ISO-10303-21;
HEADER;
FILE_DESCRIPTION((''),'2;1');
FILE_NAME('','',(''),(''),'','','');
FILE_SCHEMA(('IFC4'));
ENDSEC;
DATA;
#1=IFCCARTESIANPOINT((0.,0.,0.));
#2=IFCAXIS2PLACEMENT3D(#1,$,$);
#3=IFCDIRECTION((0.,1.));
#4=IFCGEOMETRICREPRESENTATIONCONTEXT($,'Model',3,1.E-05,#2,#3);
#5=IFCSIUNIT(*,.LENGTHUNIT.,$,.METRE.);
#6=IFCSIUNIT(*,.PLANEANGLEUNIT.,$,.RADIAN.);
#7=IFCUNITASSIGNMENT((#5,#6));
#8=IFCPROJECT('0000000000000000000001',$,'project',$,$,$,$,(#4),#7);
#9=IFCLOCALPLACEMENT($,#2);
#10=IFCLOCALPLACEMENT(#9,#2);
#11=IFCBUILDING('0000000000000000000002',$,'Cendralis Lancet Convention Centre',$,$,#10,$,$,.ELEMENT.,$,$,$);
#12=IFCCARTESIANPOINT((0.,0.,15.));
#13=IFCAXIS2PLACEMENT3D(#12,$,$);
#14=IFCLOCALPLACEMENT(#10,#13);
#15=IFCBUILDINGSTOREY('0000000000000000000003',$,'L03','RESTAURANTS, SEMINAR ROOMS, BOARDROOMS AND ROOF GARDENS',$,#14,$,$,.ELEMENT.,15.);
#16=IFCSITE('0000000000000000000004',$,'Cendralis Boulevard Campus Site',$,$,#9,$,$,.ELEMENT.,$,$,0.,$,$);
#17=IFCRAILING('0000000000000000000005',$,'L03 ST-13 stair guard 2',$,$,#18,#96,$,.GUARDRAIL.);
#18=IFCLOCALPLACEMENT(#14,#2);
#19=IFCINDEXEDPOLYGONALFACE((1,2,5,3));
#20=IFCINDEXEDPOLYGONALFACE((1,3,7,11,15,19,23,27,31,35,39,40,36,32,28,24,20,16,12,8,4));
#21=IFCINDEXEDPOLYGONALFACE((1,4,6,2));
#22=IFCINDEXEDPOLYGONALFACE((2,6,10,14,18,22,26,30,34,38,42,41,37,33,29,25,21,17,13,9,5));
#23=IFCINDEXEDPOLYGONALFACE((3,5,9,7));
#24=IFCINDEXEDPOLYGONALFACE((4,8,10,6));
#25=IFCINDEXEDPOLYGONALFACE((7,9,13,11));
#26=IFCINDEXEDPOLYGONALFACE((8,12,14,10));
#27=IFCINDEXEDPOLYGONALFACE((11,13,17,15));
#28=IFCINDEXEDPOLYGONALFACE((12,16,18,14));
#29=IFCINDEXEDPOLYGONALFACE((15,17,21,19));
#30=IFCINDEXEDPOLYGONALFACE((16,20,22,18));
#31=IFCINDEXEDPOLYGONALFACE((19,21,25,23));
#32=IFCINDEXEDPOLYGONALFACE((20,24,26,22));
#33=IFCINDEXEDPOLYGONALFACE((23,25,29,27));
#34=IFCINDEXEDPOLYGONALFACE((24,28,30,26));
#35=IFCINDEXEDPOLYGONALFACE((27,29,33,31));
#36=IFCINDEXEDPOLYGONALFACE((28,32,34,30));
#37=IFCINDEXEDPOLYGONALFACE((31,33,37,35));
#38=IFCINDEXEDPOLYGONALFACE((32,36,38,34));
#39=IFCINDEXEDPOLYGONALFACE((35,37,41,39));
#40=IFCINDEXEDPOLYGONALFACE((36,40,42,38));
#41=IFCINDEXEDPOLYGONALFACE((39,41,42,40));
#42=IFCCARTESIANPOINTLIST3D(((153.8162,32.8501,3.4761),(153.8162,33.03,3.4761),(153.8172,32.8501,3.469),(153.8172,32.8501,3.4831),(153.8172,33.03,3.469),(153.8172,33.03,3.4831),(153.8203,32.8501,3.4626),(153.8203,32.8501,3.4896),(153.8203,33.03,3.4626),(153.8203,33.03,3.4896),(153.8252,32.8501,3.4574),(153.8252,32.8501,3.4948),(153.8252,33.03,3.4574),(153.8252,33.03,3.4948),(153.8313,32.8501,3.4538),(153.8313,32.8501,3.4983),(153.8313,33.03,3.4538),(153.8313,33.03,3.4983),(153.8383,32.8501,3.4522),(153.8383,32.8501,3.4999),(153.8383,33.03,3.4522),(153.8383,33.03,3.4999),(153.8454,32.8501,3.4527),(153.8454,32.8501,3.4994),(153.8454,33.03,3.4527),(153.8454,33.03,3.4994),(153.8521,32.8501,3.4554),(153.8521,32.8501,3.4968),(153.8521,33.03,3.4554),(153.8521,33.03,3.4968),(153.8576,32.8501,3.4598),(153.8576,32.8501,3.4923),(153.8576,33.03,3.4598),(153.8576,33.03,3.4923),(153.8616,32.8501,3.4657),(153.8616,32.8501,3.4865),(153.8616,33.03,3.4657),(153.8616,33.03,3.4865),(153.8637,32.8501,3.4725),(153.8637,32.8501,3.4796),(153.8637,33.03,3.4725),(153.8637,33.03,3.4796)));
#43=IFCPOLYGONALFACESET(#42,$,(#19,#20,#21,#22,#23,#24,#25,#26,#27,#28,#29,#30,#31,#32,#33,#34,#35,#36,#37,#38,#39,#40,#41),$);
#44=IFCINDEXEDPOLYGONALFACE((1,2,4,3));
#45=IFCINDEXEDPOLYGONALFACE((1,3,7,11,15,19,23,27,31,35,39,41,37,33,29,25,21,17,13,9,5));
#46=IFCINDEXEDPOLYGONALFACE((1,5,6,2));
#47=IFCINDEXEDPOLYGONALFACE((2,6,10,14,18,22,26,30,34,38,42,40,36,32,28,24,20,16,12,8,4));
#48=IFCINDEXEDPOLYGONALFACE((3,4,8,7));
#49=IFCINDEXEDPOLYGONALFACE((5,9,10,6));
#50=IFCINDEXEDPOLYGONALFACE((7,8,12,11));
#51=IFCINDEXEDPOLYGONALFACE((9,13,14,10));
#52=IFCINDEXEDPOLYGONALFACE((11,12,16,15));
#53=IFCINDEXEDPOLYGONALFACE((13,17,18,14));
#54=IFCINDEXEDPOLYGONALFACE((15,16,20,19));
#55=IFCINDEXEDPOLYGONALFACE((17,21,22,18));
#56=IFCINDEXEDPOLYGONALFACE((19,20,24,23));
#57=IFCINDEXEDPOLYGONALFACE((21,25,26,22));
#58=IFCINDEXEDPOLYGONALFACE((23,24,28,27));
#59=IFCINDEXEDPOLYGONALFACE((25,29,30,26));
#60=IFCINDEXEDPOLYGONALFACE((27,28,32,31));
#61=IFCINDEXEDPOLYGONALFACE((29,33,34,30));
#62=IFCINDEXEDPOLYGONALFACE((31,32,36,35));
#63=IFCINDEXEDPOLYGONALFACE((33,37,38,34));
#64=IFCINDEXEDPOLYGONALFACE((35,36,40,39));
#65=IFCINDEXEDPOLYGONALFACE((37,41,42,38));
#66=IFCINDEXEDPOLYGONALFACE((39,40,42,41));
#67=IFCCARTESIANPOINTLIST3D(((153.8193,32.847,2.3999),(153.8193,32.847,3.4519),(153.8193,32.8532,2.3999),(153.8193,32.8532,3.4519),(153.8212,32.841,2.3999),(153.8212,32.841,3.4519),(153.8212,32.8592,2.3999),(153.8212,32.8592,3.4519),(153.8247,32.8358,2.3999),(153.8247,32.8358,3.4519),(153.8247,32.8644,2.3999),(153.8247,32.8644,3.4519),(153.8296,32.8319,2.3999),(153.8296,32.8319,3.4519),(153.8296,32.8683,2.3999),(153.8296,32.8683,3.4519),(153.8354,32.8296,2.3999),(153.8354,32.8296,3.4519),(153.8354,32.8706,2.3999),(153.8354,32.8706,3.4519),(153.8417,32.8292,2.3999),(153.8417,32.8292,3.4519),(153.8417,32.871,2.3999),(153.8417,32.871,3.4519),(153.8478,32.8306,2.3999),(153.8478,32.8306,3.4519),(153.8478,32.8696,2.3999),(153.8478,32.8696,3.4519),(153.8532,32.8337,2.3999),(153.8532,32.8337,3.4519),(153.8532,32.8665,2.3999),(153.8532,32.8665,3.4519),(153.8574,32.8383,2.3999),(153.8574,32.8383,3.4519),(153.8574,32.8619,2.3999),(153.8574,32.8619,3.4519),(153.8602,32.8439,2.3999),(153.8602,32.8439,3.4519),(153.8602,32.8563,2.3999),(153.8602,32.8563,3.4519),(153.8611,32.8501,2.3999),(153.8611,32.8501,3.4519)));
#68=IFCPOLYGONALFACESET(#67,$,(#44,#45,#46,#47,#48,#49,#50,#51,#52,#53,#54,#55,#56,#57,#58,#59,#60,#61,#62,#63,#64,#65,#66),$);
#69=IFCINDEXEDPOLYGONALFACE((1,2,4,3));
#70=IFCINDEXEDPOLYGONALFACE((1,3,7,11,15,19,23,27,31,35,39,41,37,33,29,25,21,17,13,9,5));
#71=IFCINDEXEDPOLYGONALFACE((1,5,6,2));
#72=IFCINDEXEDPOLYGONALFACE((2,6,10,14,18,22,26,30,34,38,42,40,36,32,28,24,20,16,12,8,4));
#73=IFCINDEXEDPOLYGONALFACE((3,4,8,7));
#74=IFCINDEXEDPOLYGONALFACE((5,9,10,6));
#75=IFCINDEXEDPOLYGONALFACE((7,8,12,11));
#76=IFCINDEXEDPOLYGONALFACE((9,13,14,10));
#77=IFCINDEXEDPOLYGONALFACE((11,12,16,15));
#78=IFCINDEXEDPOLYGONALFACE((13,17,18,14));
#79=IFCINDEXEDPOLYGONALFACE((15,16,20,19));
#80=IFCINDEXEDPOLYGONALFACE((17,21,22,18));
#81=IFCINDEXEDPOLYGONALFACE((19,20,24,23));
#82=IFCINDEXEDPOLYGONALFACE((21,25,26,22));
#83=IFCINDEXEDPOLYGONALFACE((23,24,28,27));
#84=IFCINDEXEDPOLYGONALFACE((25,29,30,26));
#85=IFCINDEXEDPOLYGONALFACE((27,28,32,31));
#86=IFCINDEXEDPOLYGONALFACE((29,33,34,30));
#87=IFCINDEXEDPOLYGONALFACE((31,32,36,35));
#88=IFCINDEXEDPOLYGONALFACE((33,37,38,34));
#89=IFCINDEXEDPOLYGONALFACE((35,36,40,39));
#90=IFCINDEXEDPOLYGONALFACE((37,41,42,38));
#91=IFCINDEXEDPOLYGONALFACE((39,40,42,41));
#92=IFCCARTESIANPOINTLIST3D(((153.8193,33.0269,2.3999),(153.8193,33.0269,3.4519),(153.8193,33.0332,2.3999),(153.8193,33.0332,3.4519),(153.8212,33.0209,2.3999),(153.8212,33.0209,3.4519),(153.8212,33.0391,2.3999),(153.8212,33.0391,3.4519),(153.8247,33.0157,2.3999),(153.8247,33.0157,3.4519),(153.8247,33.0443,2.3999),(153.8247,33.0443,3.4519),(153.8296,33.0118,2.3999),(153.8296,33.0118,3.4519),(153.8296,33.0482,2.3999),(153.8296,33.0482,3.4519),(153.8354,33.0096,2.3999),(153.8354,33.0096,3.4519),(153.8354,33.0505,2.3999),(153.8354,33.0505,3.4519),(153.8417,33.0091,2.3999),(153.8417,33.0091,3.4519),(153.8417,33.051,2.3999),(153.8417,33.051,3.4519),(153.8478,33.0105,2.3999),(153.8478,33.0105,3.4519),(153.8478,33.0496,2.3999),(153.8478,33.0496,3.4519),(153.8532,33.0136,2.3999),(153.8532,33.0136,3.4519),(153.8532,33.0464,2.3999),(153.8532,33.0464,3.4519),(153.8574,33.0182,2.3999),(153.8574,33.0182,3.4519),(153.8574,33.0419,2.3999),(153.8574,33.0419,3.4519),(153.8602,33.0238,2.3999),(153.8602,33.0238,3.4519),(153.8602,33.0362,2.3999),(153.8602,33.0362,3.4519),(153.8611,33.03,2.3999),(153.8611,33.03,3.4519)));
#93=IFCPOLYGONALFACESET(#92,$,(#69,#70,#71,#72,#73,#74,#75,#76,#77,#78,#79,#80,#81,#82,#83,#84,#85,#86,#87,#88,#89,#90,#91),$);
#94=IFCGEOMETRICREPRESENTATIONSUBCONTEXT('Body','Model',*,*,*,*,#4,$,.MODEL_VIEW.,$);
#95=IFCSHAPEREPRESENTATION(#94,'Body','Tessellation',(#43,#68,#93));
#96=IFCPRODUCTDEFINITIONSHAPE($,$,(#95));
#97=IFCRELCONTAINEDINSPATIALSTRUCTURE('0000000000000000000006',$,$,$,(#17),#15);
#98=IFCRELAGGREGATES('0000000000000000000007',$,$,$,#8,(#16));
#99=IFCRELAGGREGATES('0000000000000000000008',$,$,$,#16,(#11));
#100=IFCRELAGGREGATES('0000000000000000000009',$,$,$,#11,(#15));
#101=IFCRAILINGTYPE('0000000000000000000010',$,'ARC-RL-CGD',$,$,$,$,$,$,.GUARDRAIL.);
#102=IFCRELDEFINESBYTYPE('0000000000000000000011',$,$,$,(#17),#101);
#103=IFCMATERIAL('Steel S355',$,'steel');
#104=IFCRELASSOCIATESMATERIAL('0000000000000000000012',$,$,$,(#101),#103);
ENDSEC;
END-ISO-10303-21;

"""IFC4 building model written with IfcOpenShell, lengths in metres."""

from ifc_helpers import new_model, si_unit, direction, frame, origin, origin_2d, place, context, subcontext, project, spatial, circle, extrude, material, type_object, element, save


model = new_model("IFC4")

# Units and contexts
model_context = context("Model", 3, precision=1e-05, world=origin(), true_north=direction((0.0, 1.0)))
body_context = subcontext(model_context, "Body", "Model", "MODEL_VIEW")
ifc_project = project(units=[si_unit("LENGTHUNIT", "METRE"), si_unit("PLANEANGLEUNIT", "RADIAN")], contexts=[model_context])

# Site, building, storey
site_placement = place(None, origin())
site = spatial("IfcSite", under=ifc_project, at=site_placement, Name="Cendralis Boulevard Campus Site", CompositionType="ELEMENT", RefElevation=0.0)
building_placement = place(site_placement, origin())
building = spatial("IfcBuilding", under=site, at=building_placement, Name="Cendralis Lancet Convention Centre", CompositionType="ELEMENT")
storey_placement = place(building_placement, frame((0.0, 0.0, 15.0)))
storey = spatial("IfcBuildingStorey", under=building, at=storey_placement, Name="L03", Description="RESTAURANTS, SEMINAR ROOMS, BOARDROOMS AND ROOF GARDENS", CompositionType="ELEMENT", Elevation=15.0)

# Shared definitions
ifc_material_1 = material(Name="Steel S355", Category="steel")

# Railing
railing_type_1 = type_object("IfcRailingType", Name="ARC-RL-CGD", PredefinedType="GUARDRAIL", material=ifc_material_1)
railing_1_placement = place(storey_placement, frame((153.8401, 32.8501, 2.3999)))
element("IfcRailing", 1, at=railing_1_placement, inside=storey, type_object=railing_type_1, Name="L03 ST-13 stair guard 2", PredefinedType="GUARDRAIL", context=body_context, shape_type="SweptSolid", body=[
    extrude(circle(Radius=0.0239, at=origin_2d()), frame((0.0, 0.0, 1.0762), z_axis=(0.0, 1.0, 0.0), x_axis=(-1.0, 0.0, 0.0)), (0.0, 0.0, 1.0), 0.1799),
    extrude(circle(Radius=0.021, at=origin_2d()), origin(), (0.0, 0.0, 1.0), 1.052),
    extrude(circle(Radius=0.021, at=origin_2d()), frame((0.0, 0.1799, 0.0)), (0.0, 0.0, 1.0), 1.052),
])

save(model, "model.ifc")
